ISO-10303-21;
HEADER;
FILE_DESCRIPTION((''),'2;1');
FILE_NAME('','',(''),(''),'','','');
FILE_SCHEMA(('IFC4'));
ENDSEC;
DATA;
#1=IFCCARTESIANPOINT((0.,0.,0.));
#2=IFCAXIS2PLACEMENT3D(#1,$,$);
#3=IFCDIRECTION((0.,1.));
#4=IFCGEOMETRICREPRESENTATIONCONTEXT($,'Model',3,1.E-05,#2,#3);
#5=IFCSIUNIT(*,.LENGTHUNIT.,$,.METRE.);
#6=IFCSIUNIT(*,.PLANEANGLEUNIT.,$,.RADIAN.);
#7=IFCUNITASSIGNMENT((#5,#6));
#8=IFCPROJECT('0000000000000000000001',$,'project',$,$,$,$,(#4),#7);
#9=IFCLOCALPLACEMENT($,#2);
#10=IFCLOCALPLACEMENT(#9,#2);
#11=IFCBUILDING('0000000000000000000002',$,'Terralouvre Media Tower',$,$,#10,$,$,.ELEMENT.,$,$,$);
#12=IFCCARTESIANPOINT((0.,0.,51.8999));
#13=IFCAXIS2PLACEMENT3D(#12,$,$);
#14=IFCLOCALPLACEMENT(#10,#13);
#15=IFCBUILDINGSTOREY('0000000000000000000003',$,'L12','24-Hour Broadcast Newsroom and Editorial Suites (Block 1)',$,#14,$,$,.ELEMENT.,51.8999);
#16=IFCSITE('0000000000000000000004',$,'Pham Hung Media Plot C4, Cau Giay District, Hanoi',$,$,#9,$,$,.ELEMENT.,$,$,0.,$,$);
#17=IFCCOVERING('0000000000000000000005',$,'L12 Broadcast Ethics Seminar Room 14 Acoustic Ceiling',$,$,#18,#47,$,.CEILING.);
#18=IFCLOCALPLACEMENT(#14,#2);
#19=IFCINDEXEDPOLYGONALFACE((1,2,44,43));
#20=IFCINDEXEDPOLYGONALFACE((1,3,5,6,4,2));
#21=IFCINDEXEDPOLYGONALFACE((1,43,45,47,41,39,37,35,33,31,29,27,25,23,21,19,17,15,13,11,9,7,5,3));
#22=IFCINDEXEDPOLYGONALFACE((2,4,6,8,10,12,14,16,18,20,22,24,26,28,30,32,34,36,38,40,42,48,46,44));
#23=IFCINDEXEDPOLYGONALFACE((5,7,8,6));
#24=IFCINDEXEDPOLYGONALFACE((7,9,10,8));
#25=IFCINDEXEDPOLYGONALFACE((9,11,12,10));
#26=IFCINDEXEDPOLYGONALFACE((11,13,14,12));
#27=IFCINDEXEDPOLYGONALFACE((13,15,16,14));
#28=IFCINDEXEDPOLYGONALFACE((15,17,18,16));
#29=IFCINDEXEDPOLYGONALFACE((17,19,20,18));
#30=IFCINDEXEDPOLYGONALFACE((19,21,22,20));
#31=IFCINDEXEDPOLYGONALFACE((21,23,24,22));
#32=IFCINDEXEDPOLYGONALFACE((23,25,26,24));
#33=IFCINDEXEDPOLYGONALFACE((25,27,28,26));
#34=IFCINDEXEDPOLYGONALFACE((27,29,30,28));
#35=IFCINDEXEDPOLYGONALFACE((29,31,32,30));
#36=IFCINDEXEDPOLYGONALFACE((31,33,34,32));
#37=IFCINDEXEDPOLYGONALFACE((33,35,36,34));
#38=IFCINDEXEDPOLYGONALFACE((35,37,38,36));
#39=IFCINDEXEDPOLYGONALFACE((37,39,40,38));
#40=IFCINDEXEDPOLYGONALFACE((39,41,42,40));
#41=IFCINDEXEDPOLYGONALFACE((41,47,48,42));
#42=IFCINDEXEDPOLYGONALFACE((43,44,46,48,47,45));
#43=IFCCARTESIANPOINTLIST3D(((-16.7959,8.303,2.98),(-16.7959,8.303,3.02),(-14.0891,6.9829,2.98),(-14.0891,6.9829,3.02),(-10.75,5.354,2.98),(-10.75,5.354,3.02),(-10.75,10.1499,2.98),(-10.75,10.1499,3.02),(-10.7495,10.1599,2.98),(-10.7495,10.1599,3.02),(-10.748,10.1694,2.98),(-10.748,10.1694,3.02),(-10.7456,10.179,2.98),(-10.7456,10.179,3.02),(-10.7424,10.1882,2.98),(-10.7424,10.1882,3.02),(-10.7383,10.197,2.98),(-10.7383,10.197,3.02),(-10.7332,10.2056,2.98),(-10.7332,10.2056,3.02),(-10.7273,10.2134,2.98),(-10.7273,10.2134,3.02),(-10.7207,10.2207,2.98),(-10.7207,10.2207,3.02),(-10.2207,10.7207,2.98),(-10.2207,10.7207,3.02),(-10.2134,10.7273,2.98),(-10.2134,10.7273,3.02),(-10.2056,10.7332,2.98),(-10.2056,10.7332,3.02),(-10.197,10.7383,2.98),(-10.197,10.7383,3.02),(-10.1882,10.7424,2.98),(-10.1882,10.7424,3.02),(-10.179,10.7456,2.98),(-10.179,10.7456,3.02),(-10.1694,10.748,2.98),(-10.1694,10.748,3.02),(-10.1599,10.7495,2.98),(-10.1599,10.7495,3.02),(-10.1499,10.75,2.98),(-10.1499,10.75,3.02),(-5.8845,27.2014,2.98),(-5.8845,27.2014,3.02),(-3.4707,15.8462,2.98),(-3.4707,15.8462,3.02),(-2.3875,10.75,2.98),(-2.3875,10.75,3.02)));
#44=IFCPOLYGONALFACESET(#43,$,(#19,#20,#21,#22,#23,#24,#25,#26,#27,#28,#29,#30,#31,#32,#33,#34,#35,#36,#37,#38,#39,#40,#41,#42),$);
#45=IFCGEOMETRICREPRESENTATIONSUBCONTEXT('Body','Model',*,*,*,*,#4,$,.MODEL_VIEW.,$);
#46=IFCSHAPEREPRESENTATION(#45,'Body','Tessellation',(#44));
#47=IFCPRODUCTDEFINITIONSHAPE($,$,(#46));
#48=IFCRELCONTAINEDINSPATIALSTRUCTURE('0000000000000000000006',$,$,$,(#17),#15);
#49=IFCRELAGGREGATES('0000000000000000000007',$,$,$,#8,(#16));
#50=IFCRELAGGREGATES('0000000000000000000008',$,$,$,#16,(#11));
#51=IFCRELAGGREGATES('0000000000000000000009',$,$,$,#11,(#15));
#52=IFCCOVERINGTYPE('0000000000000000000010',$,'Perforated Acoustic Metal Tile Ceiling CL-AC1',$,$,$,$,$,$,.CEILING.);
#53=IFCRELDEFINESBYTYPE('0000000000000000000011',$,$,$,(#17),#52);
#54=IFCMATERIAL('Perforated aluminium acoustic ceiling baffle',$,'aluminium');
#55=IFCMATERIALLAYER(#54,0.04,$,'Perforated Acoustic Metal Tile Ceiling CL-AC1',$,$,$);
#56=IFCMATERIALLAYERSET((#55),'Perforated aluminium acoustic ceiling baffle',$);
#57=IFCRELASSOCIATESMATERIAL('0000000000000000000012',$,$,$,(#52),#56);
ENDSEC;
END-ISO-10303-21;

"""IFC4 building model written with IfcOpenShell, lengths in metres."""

from ifc_helpers import new_model, si_unit, direction, frame, origin, place, context, subcontext, project, spatial, polyline, outline, extrude, material, layer, layer_set, type_object, element, save


model = new_model("IFC4")

# Units and contexts
model_context = context("Model", 3, precision=1e-05, world=origin(), true_north=direction((0.0, 1.0)))
body_context = subcontext(model_context, "Body", "Model", "MODEL_VIEW")
ifc_project = project(units=[si_unit("LENGTHUNIT", "METRE"), si_unit("PLANEANGLEUNIT", "RADIAN")], contexts=[model_context])

# Site, building, storey
site_placement = place(None, origin())
site = spatial("IfcSite", under=ifc_project, at=site_placement, Name="Pham Hung Media Plot C4, Cau Giay District, Hanoi", CompositionType="ELEMENT", RefElevation=0.0)
building_placement = place(site_placement, origin())
building = spatial("IfcBuilding", under=site, at=building_placement, Name="Terralouvre Media Tower", CompositionType="ELEMENT")
storey_placement = place(building_placement, frame((0.0, 0.0, 51.8999)))
storey = spatial("IfcBuildingStorey", under=building, at=storey_placement, Name="L12", Description="24-Hour Broadcast Newsroom and Editorial Suites (Block 1)", CompositionType="ELEMENT", Elevation=51.8999)

# Covering
ifc_material_1 = material(Name="Perforated aluminium acoustic ceiling baffle", Category="aluminium")
ifc_layer_1 = layer(ifc_material_1, 0.04, Name="Perforated Acoustic Metal Tile Ceiling CL-AC1")
ifc_layer_set_1 = layer_set([ifc_layer_1], Name="Perforated aluminium acoustic ceiling baffle")
covering_type_1 = type_object("IfcCoveringType", Name="Perforated Acoustic Metal Tile Ceiling CL-AC1", PredefinedType="CEILING", material=ifc_layer_set_1)
covering_1_placement = place(storey_placement, frame((0.0, 0.0, 2.98)))
element("IfcCovering", 1, at=covering_1_placement, inside=storey, type_object=covering_type_1, Name="L12 Broadcast Ethics Seminar Room 14 Acoustic Ceiling", PredefinedType="CEILING", context=body_context, shape_type="SweptSolid", body=[
    extrude(outline(polyline([(-10.75, 5.354), (-10.75, 10.1499), (-10.7495, 10.1599), (-10.748, 10.1694), (-10.7456, 10.179), (-10.7424, 10.1882), (-10.7383, 10.197), (-10.7332, 10.2056), (-10.7273, 10.2134), (-10.7207, 10.2207), (-10.2207, 10.7207), (-10.2134, 10.7273), (-10.2056, 10.7332), (-10.197, 10.7383), (-10.1882, 10.7424), (-10.179, 10.7456), (-10.1694, 10.748), (-10.1599, 10.7495), (-10.1499, 10.75), (-2.3875, 10.75), (-3.4707, 15.8462), (-5.8845, 27.2014), (-16.7959, 8.303), (-14.0891, 6.9829), (-10.75, 5.354)])), origin(), (0.0, 0.0, 1.0), 0.04),
])

save(model, "model.ifc")
